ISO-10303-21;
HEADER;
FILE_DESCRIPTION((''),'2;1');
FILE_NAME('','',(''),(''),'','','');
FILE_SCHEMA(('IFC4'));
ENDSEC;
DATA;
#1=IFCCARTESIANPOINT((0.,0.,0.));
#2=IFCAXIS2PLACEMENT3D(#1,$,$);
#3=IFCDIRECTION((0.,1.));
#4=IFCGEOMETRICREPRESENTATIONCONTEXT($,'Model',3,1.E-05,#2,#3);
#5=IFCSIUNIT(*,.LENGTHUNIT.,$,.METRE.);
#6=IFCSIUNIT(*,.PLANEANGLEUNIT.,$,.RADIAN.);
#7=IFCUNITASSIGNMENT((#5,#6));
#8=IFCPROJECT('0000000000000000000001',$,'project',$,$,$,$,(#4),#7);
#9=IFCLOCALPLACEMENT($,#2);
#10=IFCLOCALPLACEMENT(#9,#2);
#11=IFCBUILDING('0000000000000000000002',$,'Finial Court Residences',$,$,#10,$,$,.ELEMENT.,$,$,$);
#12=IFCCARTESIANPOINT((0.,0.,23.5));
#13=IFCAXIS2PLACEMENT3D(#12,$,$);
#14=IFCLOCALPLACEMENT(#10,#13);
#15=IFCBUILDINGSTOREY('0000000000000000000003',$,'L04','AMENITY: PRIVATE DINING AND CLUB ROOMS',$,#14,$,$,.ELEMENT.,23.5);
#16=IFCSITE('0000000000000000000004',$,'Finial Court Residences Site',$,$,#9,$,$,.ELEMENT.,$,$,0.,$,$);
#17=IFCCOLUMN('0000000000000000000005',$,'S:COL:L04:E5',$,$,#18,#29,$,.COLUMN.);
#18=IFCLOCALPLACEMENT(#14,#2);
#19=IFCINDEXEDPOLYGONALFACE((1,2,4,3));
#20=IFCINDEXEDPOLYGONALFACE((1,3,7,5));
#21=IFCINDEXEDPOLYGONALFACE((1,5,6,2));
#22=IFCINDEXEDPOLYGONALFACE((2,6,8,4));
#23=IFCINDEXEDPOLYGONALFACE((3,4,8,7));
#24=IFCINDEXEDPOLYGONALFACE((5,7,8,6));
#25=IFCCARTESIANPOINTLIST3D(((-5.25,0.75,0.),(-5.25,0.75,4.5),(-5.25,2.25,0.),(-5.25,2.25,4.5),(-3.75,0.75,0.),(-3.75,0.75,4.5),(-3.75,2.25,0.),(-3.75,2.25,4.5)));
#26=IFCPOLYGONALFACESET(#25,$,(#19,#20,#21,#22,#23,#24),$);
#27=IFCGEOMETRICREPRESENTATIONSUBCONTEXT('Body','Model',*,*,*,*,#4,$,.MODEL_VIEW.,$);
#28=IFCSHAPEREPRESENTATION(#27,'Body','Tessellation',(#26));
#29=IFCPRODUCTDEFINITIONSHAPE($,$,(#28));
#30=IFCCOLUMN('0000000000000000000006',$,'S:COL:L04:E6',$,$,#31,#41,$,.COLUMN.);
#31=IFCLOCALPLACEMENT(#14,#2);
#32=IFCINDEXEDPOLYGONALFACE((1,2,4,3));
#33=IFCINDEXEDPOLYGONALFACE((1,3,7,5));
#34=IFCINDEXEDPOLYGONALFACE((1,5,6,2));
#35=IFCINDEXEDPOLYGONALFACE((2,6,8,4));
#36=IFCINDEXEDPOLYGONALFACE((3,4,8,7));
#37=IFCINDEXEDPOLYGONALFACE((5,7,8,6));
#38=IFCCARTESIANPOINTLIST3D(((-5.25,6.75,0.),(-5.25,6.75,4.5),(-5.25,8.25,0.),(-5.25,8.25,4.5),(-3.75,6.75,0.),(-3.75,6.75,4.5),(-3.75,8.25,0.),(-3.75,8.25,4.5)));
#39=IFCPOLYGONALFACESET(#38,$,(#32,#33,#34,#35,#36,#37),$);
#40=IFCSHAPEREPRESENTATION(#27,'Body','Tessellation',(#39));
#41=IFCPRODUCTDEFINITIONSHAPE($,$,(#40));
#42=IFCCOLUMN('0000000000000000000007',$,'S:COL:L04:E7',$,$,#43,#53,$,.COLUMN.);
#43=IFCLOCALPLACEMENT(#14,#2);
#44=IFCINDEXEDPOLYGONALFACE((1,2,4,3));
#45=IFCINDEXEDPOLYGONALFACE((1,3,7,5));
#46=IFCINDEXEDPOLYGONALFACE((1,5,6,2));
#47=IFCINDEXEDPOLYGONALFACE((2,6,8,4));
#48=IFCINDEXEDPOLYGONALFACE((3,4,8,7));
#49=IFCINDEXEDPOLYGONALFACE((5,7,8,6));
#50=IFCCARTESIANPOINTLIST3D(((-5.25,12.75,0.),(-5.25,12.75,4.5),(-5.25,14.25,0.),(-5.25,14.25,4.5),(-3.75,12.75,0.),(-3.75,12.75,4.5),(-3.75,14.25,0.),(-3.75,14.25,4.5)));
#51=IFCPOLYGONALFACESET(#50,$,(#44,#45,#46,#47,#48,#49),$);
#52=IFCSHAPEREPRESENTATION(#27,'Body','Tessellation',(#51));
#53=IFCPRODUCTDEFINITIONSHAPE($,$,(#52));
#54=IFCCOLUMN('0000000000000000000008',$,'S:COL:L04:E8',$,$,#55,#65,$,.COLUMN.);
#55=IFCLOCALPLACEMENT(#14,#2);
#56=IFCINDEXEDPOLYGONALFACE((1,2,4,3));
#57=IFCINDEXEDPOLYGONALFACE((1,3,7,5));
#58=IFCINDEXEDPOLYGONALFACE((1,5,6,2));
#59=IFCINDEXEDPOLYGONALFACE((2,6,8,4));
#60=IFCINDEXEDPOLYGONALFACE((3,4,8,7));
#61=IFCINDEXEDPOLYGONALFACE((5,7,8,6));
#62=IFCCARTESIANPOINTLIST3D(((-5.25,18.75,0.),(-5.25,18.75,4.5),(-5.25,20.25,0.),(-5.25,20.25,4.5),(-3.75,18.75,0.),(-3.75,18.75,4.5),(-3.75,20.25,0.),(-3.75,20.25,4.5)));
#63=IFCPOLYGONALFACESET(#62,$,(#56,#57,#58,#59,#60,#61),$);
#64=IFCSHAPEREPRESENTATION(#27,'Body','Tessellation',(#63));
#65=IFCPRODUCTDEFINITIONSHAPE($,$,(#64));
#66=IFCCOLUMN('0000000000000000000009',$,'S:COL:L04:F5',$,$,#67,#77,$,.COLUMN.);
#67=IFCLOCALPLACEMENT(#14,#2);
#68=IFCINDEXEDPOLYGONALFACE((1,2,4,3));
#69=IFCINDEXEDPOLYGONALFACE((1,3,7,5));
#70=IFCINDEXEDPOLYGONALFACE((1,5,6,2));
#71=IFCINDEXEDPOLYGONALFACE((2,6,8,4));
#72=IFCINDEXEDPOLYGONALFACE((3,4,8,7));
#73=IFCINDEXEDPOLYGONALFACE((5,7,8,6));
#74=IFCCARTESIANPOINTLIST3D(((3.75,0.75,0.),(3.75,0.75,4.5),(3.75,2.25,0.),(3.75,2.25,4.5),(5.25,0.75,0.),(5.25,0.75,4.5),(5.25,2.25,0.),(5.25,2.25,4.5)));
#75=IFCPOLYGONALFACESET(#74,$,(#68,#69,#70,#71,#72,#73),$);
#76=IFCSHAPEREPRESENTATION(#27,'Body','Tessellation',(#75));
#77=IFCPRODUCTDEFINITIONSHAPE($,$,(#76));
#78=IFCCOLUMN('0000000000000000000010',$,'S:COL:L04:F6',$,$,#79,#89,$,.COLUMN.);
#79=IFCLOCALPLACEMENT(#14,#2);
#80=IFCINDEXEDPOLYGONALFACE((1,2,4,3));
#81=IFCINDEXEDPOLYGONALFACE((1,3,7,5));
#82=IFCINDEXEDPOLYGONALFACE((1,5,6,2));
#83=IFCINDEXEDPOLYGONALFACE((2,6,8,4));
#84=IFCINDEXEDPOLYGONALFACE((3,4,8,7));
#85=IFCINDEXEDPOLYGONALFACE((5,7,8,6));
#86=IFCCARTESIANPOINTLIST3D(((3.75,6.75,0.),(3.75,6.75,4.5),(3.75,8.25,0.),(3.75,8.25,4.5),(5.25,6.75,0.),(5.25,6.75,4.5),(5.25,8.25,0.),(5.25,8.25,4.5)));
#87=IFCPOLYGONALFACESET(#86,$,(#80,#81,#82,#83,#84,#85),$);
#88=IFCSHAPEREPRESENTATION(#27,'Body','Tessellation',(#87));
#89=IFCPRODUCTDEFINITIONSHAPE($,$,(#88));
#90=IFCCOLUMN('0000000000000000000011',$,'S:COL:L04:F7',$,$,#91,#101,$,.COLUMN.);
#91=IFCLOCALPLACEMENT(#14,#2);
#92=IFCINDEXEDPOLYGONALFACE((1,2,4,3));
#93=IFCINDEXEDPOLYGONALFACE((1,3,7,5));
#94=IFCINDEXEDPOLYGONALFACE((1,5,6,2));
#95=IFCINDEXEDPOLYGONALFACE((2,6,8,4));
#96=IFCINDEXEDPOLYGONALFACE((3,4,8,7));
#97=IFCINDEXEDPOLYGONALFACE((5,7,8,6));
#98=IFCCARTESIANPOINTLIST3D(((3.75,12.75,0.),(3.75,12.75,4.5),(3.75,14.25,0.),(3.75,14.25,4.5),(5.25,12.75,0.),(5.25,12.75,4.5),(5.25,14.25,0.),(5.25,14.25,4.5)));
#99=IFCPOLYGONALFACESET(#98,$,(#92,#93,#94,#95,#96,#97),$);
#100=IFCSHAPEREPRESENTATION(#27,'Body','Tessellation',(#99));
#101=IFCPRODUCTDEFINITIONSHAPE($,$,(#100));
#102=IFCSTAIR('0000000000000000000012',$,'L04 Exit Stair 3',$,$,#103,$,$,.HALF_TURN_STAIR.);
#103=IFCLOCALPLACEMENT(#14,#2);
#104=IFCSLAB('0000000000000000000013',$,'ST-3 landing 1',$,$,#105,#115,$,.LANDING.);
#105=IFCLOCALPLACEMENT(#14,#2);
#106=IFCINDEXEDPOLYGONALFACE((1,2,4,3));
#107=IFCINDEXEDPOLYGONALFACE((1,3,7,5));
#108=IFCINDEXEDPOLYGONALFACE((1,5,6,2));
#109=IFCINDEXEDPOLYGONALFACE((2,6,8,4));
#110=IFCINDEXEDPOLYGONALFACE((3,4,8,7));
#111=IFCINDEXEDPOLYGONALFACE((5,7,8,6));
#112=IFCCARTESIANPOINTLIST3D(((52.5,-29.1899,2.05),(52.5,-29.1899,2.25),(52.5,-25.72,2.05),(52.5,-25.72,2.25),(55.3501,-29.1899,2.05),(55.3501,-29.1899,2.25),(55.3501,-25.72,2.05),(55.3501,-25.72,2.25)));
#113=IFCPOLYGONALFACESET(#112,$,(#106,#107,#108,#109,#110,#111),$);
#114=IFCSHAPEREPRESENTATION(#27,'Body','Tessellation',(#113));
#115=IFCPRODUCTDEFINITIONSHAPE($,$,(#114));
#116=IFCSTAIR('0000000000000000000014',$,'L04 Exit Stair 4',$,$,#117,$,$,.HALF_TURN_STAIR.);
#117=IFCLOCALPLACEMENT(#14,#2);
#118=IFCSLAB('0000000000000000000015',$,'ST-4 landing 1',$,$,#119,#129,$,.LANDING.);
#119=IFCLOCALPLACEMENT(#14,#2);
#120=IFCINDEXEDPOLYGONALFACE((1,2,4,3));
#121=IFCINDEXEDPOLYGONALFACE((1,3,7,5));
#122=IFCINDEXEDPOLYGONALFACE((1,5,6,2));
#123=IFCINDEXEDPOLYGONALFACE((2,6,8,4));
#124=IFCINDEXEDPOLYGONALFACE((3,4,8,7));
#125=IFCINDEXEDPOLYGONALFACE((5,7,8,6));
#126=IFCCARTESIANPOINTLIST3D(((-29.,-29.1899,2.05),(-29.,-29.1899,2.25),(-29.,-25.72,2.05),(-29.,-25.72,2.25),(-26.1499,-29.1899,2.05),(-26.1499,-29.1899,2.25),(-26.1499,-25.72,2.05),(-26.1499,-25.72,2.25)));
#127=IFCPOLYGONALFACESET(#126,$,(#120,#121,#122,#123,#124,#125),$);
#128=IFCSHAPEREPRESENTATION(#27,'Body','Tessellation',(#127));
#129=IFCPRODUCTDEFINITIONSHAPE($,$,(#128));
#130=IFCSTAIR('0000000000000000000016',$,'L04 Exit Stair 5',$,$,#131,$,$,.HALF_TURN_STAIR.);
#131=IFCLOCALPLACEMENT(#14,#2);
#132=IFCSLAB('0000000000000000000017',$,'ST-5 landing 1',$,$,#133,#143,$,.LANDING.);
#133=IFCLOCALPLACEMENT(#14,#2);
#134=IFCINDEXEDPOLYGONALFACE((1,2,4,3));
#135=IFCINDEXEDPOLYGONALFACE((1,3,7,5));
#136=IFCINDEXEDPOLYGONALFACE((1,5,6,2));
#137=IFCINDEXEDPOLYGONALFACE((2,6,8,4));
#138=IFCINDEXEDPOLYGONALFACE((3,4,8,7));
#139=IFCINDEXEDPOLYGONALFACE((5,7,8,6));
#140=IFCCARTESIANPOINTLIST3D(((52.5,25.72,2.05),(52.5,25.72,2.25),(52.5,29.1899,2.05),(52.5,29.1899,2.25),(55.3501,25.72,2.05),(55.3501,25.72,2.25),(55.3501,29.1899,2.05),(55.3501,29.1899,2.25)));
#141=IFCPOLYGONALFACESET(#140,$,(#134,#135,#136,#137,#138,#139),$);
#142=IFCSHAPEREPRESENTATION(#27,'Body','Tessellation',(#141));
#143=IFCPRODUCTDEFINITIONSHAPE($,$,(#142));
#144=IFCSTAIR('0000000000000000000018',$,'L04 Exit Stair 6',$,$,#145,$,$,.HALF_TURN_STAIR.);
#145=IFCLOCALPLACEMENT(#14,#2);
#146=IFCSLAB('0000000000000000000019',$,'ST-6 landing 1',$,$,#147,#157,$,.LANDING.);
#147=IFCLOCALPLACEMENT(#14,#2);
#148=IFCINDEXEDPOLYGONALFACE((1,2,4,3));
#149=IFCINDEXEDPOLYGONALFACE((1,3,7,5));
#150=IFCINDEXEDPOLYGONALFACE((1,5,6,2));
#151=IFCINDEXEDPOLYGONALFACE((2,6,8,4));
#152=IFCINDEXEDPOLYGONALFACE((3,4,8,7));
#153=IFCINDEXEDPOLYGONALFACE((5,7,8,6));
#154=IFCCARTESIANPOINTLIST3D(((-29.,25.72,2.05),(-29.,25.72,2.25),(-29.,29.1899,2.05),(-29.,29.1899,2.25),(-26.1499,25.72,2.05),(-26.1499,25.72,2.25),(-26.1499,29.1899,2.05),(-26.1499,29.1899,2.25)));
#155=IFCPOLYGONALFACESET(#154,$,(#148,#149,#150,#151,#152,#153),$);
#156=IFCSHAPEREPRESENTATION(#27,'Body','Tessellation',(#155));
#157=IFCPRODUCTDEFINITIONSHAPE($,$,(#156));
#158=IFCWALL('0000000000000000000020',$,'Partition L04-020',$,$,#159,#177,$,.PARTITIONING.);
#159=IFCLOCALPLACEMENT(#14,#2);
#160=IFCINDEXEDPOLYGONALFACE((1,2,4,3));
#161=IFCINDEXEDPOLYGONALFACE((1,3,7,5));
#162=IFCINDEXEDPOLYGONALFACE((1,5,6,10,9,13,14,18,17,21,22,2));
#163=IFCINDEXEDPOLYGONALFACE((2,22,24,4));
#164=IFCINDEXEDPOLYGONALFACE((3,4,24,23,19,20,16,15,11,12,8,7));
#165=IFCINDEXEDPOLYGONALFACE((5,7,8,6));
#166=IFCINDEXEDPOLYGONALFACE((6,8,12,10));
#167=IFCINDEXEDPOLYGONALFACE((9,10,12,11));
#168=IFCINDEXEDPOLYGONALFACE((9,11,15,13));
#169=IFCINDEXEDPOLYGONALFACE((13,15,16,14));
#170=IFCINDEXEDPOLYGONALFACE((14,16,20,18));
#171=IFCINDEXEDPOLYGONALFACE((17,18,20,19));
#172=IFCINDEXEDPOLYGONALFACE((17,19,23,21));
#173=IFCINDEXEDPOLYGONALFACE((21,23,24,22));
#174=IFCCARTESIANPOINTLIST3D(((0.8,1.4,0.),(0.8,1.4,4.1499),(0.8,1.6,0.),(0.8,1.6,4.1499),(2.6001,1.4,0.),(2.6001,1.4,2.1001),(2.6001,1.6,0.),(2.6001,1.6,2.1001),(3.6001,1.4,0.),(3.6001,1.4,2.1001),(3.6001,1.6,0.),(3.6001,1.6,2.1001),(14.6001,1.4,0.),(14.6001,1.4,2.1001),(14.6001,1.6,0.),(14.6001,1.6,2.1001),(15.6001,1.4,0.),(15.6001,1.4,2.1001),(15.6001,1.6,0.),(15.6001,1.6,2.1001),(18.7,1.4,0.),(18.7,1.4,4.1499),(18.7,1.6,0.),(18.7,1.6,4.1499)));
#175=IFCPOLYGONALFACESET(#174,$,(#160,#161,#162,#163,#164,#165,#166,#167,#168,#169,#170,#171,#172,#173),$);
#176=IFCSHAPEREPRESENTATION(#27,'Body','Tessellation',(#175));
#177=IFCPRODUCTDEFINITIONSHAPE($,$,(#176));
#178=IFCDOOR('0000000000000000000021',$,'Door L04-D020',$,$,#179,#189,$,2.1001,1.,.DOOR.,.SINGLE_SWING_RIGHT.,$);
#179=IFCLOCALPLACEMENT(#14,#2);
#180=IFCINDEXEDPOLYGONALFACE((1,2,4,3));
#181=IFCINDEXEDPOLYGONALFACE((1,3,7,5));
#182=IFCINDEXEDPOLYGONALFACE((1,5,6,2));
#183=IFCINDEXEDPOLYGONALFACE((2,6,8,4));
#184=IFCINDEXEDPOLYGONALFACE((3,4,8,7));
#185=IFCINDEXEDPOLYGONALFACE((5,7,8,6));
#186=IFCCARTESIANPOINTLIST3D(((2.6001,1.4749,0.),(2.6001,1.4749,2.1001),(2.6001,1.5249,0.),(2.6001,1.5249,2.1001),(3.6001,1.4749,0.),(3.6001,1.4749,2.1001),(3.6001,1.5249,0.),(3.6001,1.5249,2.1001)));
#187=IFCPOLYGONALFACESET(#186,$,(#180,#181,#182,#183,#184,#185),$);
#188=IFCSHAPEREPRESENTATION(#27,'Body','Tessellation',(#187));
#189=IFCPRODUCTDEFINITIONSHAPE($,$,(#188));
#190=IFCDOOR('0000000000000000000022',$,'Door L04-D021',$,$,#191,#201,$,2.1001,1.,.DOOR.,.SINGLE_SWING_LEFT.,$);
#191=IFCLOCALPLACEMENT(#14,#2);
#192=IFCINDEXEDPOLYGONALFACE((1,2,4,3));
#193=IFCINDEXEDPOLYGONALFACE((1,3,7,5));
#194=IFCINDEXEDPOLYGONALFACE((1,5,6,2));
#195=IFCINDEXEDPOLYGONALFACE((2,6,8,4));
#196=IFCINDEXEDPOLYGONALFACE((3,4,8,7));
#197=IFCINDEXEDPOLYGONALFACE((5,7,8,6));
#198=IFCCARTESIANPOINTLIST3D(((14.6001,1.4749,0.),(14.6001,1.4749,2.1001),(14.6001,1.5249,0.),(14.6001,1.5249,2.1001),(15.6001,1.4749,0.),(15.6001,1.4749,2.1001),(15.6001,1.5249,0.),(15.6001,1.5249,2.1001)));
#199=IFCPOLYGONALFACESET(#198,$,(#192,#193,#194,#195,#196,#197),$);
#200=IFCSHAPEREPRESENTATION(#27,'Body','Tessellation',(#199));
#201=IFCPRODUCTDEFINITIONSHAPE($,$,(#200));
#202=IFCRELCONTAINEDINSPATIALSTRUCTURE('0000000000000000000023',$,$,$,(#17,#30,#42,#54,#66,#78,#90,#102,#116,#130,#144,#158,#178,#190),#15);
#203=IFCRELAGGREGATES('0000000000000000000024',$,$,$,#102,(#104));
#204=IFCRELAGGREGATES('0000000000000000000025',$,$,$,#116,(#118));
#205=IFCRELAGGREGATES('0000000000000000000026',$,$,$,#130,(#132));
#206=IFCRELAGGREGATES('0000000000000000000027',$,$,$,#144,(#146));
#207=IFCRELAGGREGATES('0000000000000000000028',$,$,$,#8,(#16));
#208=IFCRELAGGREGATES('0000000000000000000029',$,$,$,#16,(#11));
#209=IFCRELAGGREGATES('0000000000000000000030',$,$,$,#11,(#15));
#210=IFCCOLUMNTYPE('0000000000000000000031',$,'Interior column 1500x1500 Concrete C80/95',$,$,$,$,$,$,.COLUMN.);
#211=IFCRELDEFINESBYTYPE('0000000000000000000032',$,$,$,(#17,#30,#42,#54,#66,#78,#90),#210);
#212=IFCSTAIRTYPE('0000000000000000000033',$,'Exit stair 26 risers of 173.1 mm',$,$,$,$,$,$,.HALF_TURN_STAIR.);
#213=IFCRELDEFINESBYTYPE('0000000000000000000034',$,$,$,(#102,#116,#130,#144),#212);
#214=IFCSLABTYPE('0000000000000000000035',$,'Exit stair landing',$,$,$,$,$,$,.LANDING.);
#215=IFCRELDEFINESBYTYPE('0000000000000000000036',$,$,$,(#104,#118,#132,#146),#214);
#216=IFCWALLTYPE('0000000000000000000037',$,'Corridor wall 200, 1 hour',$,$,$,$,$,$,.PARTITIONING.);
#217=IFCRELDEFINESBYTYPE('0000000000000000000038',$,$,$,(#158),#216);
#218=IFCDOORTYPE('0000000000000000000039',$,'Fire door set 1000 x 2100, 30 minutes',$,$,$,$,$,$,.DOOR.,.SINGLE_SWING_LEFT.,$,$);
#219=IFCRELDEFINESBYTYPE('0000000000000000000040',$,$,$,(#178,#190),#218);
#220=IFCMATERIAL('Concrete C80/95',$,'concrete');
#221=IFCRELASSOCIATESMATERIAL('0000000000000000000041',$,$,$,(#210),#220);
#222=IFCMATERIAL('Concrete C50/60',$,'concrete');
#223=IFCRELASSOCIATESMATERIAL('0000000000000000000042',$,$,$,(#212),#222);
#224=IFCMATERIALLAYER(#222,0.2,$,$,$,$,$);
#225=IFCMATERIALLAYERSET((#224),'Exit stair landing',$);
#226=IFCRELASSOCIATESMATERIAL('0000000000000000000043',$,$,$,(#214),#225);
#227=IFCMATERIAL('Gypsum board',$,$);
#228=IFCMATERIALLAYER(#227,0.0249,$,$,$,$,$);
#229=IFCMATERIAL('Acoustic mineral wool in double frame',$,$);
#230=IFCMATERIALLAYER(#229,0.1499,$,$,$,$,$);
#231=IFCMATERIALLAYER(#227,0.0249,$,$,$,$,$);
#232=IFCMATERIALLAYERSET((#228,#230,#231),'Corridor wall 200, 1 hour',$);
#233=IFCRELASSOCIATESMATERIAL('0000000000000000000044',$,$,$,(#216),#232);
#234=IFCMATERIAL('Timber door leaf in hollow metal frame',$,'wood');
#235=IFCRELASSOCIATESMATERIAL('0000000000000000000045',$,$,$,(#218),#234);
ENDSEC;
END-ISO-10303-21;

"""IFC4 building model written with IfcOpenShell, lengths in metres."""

from ifc_helpers import new_model, si_unit, direction, frame, frame_2d, origin, origin_2d, place, context, subcontext, project, spatial, polyline, rectangle, outline, extrude, material, layer, layer_set, material_profile, profile_set, type_object, element, fill, aggregate, save


model = new_model("IFC4")

# Units and contexts
model_context = context("Model", 3, precision=1e-05, world=origin(), true_north=direction((0.0, 1.0)))
body_context = subcontext(model_context, "Body", "Model", "MODEL_VIEW")
ifc_project = project(units=[si_unit("LENGTHUNIT", "METRE"), si_unit("PLANEANGLEUNIT", "RADIAN")], contexts=[model_context])

# Site, building, storey
site_placement = place(None, origin())
site = spatial("IfcSite", under=ifc_project, at=site_placement, Name="Finial Court Residences Site", CompositionType="ELEMENT", RefElevation=0.0)
building_placement = place(site_placement, origin())
building = spatial("IfcBuilding", under=site, at=building_placement, Name="Finial Court Residences", CompositionType="ELEMENT")
storey_placement = place(building_placement, frame((0.0, 0.0, 23.5)))
storey = spatial("IfcBuildingStorey", under=building, at=storey_placement, Name="L04", Description="AMENITY: PRIVATE DINING AND CLUB ROOMS", CompositionType="ELEMENT", Elevation=23.5)

# Columns
ifc_material_1 = material(Name="Concrete C80/95", Category="concrete")
ifc_material_profile = material_profile(ifc_material_1, rectangle(XDim=1.5, YDim=1.5, at=origin_2d()), Name="1500x1500")
ifc_profile_set = profile_set([ifc_material_profile], Name="Concrete C80/95")
column_type = type_object("IfcColumnType", Name="Interior column 1500x1500 Concrete C80/95", PredefinedType="COLUMN", material=ifc_profile_set)
for number, where, z_axis, x_axis, name in (
    (1, (-4.5, 1.5, 0.0), (0.0, 0.0, 1.0), (1.0, 0.0, 0.0), "S:COL:L04:E5"),
    (2, (-4.5, 7.5, 0.0), (0.0, 0.0, 1.0), (1.0, 0.0, 0.0), "S:COL:L04:E6"),
    (3, (-4.5, 13.5, 0.0), (0.0, 0.0, 1.0), (1.0, 0.0, 0.0), "S:COL:L04:E7"),
    (4, (-4.5, 19.5, 0.0), (0.0, 0.0, 1.0), (1.0, 0.0, 0.0), "S:COL:L04:E8"),
    (5, (4.5, 1.5, 0.0), (0.0, 0.0, 1.0), (1.0, 0.0, 0.0), "S:COL:L04:F5"),
    (6, (4.5, 7.5, 0.0), (0.0, 0.0, 1.0), (1.0, 0.0, 0.0), "S:COL:L04:F6"),
    (7, (4.5, 13.5, 0.0), (0.0, 0.0, 1.0), (1.0, 0.0, 0.0), "S:COL:L04:F7"),
):
    element("IfcColumn", number, at=place(storey_placement, frame(where, z_axis=z_axis, x_axis=x_axis)), inside=storey, type_object=column_type, Name=name, PredefinedType="COLUMN", context=body_context, shape_type="SweptSolid", body=[
        extrude(rectangle(XDim=1.5, YDim=1.5, at=origin_2d()), origin(), (0.0, 0.0, 1.0), 4.5),
    ])

# Stairs, slabs
ifc_material_2 = material(Name="Concrete C50/60", Category="concrete")
stair_type = type_object("IfcStairType", Name="Exit stair 26 risers of 173.1 mm", PredefinedType="HALF_TURN_STAIR", material=ifc_material_2)
stair_1_placement = place(storey_placement, origin())
stair_1 = element("IfcStair", 8, at=stair_1_placement, inside=storey, type_object=stair_type, Name="L04 Exit Stair 3", PredefinedType="HALF_TURN_STAIR")
ifc_layer_1 = layer(ifc_material_2, 0.2)
ifc_layer_set_1 = layer_set([ifc_layer_1], Name="Exit stair landing")
slab_type = type_object("IfcSlabType", Name="Exit stair landing", PredefinedType="LANDING", material=ifc_layer_set_1)
slab_1_placement = place(storey_placement, frame((0.0, 0.0, 2.05)))
slab_1 = element("IfcSlab", 9, at=slab_1_placement, type_object=slab_type, Name="ST-3 landing 1", PredefinedType="LANDING", context=body_context, shape_type="SweptSolid", body=[
    extrude(outline(polyline([(55.3501, -29.1899), (55.3501, -25.72), (52.5, -25.72), (52.5, -29.1899), (55.3501, -29.1899)])), origin(), (0.0, 0.0, 1.0), 0.2),
])
aggregate(stair_1, [slab_1])
stair_2_placement = place(storey_placement, origin())
stair_2 = element("IfcStair", 10, at=stair_2_placement, inside=storey, type_object=stair_type, Name="L04 Exit Stair 4", PredefinedType="HALF_TURN_STAIR")
slab_2_placement = place(storey_placement, frame((0.0, 0.0, 2.05)))
slab_2 = element("IfcSlab", 11, at=slab_2_placement, type_object=slab_type, Name="ST-4 landing 1", PredefinedType="LANDING", context=body_context, shape_type="SweptSolid", body=[
    extrude(outline(polyline([(-26.1499, -29.1899), (-26.1499, -25.72), (-29.0, -25.72), (-29.0, -29.1899), (-26.1499, -29.1899)])), origin(), (0.0, 0.0, 1.0), 0.2),
])
aggregate(stair_2, [slab_2])
stair_3_placement = place(storey_placement, origin())
stair_3 = element("IfcStair", 12, at=stair_3_placement, inside=storey, type_object=stair_type, Name="L04 Exit Stair 5", PredefinedType="HALF_TURN_STAIR")
slab_3_placement = place(storey_placement, frame((0.0, 0.0, 2.05)))
slab_3 = element("IfcSlab", 13, at=slab_3_placement, type_object=slab_type, Name="ST-5 landing 1", PredefinedType="LANDING", context=body_context, shape_type="SweptSolid", body=[
    extrude(outline(polyline([(52.5, 29.1899), (52.5, 25.72), (55.3501, 25.72), (55.3501, 29.1899), (52.5, 29.1899)])), origin(), (0.0, 0.0, 1.0), 0.2),
])
aggregate(stair_3, [slab_3])
stair_4_placement = place(storey_placement, origin())
stair_4 = element("IfcStair", 14, at=stair_4_placement, inside=storey, type_object=stair_type, Name="L04 Exit Stair 6", PredefinedType="HALF_TURN_STAIR")
slab_4_placement = place(storey_placement, frame((0.0, 0.0, 2.05)))
slab_4 = element("IfcSlab", 15, at=slab_4_placement, type_object=slab_type, Name="ST-6 landing 1", PredefinedType="LANDING", context=body_context, shape_type="SweptSolid", body=[
    extrude(outline(polyline([(-29.0, 29.1899), (-29.0, 25.72), (-26.1499, 25.72), (-26.1499, 29.1899), (-29.0, 29.1899)])), origin(), (0.0, 0.0, 1.0), 0.2),
])
aggregate(stair_4, [slab_4])

# Wall, openings, doors
ifc_material_3 = material(Name="Gypsum board")
ifc_layer_2 = layer(ifc_material_3, 0.0249)
ifc_material_4 = material(Name="Acoustic mineral wool in double frame")
ifc_layer_3 = layer(ifc_material_4, 0.1499)
ifc_layer_4 = layer(ifc_material_3, 0.0249)
ifc_layer_set_2 = layer_set([ifc_layer_2, ifc_layer_3, ifc_layer_4], Name="Corridor wall 200, 1 hour")
wall_type_1 = type_object("IfcWallType", Name="Corridor wall 200, 1 hour", PredefinedType="PARTITIONING", material=ifc_layer_set_2)
wall_1_placement = place(storey_placement, frame((0.8, 1.5, 0.0), z_axis=(0.0, 0.0, 1.0), x_axis=(1.0, 0.0, 0.0)))
wall_1 = element("IfcWall", 16, at=wall_1_placement, inside=storey, type_object=wall_type_1, Name="Partition L04-020", PredefinedType="PARTITIONING", context=body_context, shape_type="SweptSolid", body=[
    extrude(rectangle(XDim=17.8999, YDim=0.2, at=frame_2d((8.95, 0.0))), origin(), (0.0, 0.0, 1.0), 4.1499),
])
opening_1_placement = place(wall_1_placement, frame((1.8, 0.0, 0.0)))
opening_1 = element("IfcOpeningElement", 17, at=opening_1_placement, cuts=wall_1, PredefinedType="OPENING", context=body_context, shape_type="SweptSolid", body=[
    extrude(rectangle(XDim=1.0, YDim=2.1001, at=frame_2d((0.5, 1.05))), frame((0.0, 0.1099, 0.0), z_axis=(0.0, -1.0, 0.0), x_axis=(1.0, 0.0, 0.0)), (0.0, 0.0, 1.0), 0.22),
])
opening_2_placement = place(wall_1_placement, frame((13.8, 0.0, 0.0)))
opening_2 = element("IfcOpeningElement", 18, at=opening_2_placement, cuts=wall_1, PredefinedType="OPENING", context=body_context, shape_type="SweptSolid", body=[
    extrude(rectangle(XDim=1.0, YDim=2.1001, at=frame_2d((0.5, 1.05))), frame((0.0, 0.1099, 0.0), z_axis=(0.0, -1.0, 0.0), x_axis=(1.0, 0.0, 0.0)), (0.0, 0.0, 1.0), 0.22),
])
ifc_material_5 = material(Name="Timber door leaf in hollow metal frame", Category="wood")
door_type = type_object("IfcDoorType", Name="Fire door set 1000 x 2100, 30 minutes", OperationType="SINGLE_SWING_LEFT", PredefinedType="DOOR", material=ifc_material_5)
door_1_placement = place(opening_1_placement, origin())
door_1 = element("IfcDoor", 19, at=door_1_placement, inside=storey, type_object=door_type, Name="Door L04-D020", OperationType="SINGLE_SWING_RIGHT", OverallHeight=2.1001, OverallWidth=1.0, PredefinedType="DOOR", context=body_context, shape_type="SweptSolid", body=[
    extrude(rectangle(XDim=1.0, YDim=2.1001, at=frame_2d((0.5, 1.05))), frame((0.0, 0.0249, 0.0), z_axis=(0.0, -1.0, 0.0), x_axis=(1.0, 0.0, 0.0)), (0.0, 0.0, 1.0), 0.05),
])
fill(opening_1, door_1)
door_2_placement = place(opening_2_placement, origin())
door_2 = element("IfcDoor", 20, at=door_2_placement, inside=storey, type_object=door_type, Name="Door L04-D021", OperationType="SINGLE_SWING_LEFT", OverallHeight=2.1001, OverallWidth=1.0, PredefinedType="DOOR", context=body_context, shape_type="SweptSolid", body=[
    extrude(rectangle(XDim=1.0, YDim=2.1001, at=frame_2d((0.5, 1.05))), frame((0.0, 0.0249, 0.0), z_axis=(0.0, -1.0, 0.0), x_axis=(1.0, 0.0, 0.0)), (0.0, 0.0, 1.0), 0.05),
])
fill(opening_2, door_2)

save(model, "model.ifc")
